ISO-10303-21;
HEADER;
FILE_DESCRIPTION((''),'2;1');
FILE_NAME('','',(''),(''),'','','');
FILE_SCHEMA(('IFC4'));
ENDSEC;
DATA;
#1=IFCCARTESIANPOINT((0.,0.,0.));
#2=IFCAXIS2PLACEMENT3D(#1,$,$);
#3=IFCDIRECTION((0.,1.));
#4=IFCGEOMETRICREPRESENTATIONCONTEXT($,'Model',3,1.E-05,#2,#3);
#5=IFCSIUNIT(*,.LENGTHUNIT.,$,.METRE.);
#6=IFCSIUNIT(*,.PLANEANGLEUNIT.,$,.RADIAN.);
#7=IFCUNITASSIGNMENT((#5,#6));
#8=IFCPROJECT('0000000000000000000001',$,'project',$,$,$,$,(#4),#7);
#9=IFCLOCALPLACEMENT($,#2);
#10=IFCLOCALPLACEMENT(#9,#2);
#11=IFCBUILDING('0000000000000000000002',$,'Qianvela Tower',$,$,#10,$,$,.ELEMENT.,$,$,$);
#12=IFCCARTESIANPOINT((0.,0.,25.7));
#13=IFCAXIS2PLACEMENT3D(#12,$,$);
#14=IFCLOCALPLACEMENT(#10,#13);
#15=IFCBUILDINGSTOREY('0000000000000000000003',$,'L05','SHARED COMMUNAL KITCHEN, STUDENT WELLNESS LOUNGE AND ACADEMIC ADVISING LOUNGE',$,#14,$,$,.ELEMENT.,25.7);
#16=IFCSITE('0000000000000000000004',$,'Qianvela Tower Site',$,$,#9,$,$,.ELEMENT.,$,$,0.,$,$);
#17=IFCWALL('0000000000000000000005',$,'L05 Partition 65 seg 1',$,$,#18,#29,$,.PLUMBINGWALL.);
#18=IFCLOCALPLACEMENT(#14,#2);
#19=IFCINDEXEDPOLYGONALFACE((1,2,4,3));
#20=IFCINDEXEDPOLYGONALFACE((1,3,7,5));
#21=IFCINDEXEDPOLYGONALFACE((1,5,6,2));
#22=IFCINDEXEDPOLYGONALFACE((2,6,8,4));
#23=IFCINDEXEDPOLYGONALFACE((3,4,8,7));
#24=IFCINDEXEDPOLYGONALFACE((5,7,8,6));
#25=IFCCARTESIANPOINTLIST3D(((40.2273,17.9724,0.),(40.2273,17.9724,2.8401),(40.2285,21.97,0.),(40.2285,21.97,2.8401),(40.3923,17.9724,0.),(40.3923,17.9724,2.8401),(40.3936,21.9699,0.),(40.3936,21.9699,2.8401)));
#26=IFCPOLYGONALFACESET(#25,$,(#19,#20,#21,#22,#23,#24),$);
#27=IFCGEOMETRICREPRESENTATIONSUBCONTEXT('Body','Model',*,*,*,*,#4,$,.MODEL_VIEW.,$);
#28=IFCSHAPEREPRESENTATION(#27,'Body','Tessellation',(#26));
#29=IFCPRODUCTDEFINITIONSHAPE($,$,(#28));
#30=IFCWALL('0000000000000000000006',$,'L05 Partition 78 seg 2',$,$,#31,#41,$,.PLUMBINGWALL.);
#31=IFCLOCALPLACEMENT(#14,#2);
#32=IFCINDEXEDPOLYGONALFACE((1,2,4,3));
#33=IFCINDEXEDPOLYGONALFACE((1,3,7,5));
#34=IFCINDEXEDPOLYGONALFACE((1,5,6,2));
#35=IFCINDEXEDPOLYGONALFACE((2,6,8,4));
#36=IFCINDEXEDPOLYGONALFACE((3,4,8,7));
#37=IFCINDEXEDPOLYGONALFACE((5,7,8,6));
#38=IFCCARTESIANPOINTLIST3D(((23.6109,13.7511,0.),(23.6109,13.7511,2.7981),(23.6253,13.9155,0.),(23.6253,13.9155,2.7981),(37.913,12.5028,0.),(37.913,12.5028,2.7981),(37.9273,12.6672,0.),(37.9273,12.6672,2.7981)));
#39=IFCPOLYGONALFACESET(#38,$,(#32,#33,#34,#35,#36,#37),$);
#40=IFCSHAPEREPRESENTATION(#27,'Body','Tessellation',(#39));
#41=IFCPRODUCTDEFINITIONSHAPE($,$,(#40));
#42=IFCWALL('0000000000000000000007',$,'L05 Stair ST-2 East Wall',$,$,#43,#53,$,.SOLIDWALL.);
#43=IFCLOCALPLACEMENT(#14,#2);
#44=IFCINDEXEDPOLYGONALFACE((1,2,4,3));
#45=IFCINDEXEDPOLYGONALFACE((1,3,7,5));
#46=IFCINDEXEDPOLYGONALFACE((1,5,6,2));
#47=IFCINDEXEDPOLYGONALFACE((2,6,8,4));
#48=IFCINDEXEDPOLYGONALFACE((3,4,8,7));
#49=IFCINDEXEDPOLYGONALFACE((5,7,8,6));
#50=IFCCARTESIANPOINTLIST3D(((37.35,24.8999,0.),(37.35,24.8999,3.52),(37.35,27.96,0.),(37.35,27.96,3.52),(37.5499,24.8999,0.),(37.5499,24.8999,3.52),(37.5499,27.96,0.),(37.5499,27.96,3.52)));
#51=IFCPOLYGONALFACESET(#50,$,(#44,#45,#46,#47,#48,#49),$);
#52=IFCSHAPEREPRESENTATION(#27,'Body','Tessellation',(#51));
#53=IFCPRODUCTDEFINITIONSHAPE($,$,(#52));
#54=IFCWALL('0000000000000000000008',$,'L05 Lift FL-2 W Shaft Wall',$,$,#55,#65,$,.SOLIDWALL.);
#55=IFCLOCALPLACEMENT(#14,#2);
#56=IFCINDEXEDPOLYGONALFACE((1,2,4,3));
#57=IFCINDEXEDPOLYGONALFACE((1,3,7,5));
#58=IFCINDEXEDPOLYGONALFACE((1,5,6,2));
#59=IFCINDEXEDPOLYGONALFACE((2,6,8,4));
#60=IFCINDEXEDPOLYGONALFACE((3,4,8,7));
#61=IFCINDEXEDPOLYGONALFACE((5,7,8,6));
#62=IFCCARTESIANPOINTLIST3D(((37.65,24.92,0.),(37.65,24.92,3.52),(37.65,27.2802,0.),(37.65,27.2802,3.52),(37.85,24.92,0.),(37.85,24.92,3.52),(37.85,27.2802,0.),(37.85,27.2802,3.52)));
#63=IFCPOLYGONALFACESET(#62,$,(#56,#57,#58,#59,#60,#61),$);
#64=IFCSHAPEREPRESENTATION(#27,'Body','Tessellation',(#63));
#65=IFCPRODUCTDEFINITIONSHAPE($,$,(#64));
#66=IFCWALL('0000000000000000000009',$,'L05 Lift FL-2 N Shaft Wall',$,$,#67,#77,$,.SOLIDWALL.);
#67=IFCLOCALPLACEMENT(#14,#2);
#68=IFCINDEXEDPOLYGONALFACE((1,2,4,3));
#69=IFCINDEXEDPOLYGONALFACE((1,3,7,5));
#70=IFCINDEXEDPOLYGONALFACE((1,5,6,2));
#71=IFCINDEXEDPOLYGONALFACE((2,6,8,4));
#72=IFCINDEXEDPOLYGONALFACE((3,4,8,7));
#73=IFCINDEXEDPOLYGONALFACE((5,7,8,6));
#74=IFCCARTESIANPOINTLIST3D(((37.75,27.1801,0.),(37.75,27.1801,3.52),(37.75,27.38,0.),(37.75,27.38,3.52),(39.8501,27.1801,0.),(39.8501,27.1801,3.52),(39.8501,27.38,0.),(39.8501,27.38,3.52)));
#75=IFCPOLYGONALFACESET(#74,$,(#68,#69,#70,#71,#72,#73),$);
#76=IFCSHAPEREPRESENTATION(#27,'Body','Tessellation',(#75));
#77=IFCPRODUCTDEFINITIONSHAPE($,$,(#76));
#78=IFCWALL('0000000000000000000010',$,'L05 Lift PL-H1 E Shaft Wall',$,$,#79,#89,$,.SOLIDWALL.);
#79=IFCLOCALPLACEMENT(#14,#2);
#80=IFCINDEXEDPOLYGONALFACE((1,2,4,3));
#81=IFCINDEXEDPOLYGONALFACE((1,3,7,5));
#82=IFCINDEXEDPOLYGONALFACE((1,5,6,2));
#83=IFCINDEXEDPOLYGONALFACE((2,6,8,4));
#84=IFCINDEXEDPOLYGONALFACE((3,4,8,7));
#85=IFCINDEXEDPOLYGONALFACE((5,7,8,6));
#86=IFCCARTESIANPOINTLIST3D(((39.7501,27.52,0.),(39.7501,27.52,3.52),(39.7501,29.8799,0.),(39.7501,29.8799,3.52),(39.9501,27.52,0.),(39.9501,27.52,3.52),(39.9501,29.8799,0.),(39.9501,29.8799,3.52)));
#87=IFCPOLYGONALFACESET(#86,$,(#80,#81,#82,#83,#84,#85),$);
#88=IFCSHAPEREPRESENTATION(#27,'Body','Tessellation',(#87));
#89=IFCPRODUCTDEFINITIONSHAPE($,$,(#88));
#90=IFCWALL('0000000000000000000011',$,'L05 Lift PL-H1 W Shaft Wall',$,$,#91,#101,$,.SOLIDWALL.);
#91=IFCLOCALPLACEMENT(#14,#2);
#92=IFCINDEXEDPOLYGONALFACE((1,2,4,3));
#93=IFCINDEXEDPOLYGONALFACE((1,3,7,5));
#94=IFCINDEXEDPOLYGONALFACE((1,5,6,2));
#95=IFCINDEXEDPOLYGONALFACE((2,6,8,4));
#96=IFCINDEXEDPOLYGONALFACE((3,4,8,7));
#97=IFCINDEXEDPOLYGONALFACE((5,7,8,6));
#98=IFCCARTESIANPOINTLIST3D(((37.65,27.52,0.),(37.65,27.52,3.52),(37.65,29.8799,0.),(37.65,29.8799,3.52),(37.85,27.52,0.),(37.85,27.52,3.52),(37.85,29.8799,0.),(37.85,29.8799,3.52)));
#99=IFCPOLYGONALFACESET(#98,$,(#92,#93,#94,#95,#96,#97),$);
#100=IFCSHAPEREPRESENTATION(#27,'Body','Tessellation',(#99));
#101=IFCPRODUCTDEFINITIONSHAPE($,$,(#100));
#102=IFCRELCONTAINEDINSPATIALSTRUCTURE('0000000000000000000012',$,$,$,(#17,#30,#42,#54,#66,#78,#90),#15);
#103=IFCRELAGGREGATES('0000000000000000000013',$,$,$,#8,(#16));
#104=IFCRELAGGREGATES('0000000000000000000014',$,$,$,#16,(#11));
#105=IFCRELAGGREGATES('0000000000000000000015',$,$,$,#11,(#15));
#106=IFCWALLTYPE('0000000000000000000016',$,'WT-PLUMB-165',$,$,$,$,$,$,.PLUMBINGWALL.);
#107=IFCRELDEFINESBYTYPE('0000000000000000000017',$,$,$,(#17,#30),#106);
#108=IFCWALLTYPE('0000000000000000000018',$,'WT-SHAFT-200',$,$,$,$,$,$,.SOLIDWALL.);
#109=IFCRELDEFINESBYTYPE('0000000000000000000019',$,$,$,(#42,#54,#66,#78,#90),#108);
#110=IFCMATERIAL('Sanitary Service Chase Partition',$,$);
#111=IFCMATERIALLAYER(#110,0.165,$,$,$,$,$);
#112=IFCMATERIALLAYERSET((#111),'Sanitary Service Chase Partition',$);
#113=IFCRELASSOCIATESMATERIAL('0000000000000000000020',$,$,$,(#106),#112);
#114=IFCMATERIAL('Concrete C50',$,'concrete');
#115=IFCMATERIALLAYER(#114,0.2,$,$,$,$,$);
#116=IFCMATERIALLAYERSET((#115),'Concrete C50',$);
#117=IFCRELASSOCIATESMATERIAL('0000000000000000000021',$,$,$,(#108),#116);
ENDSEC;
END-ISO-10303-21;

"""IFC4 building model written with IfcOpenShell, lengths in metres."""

from ifc_helpers import new_model, si_unit, direction, frame, frame_2d, origin, place, context, subcontext, project, spatial, rectangle, extrude, material, layer, layer_set, type_object, element, save


model = new_model("IFC4")

# Units and contexts
model_context = context("Model", 3, precision=1e-05, world=origin(), true_north=direction((0.0, 1.0)))
body_context = subcontext(model_context, "Body", "Model", "MODEL_VIEW")
ifc_project = project(units=[si_unit("LENGTHUNIT", "METRE"), si_unit("PLANEANGLEUNIT", "RADIAN")], contexts=[model_context])

# Site, building, storey
site_placement = place(None, origin())
site = spatial("IfcSite", under=ifc_project, at=site_placement, Name="Qianvela Tower Site", CompositionType="ELEMENT", RefElevation=0.0)
building_placement = place(site_placement, origin())
building = spatial("IfcBuilding", under=site, at=building_placement, Name="Qianvela Tower", CompositionType="ELEMENT")
storey_placement = place(building_placement, frame((0.0, 0.0, 25.7)))
storey = spatial("IfcBuildingStorey", under=building, at=storey_placement, Name="L05", Description="SHARED COMMUNAL KITCHEN, STUDENT WELLNESS LOUNGE AND ACADEMIC ADVISING LOUNGE", CompositionType="ELEMENT", Elevation=25.7)

# Walls
ifc_material_1 = material(Name="Sanitary Service Chase Partition")
ifc_layer_1 = layer(ifc_material_1, 0.165)
ifc_layer_set_1 = layer_set([ifc_layer_1], Name="Sanitary Service Chase Partition")
wall_type_1 = type_object("IfcWallType", Name="WT-PLUMB-165", PredefinedType="PLUMBINGWALL", material=ifc_layer_set_1)
wall_1_placement = place(storey_placement, frame((40.3098, 17.9724, 0.0), z_axis=(0.0, 0.0, 1.0), x_axis=(0.000305, 1.0, 0.0)))
element("IfcWall", 1, at=wall_1_placement, inside=storey, type_object=wall_type_1, Name="L05 Partition 65 seg 1", PredefinedType="PLUMBINGWALL", context=body_context, shape_type="SweptSolid", body=[
    extrude(rectangle(XDim=3.9976, YDim=0.165, at=frame_2d((1.9988, 0.0))), origin(), (0.0, 0.0, 1.0), 2.8401),
])
wall_2_placement = place(storey_placement, frame((37.9202, 12.585, 0.0), z_axis=(0.0, 0.0, 1.0), x_axis=(-0.996213, 0.08695, 0.0)))
element("IfcWall", 2, at=wall_2_placement, inside=storey, type_object=wall_type_1, Name="L05 Partition 78 seg 2", PredefinedType="PLUMBINGWALL", context=body_context, shape_type="SweptSolid", body=[
    extrude(rectangle(XDim=14.3564, YDim=0.165, at=frame_2d((7.1782, 0.0))), origin(), (0.0, 0.0, 1.0), 2.7981),
])
ifc_material_2 = material(Name="Concrete C50", Category="concrete")
ifc_layer_2 = layer(ifc_material_2, 0.2)
ifc_layer_set_2 = layer_set([ifc_layer_2], Name="Concrete C50")
wall_type_2 = type_object("IfcWallType", Name="WT-SHAFT-200", PredefinedType="SOLIDWALL", material=ifc_layer_set_2)
wall_3_placement = place(storey_placement, frame((37.45, 24.8999, 0.0), z_axis=(0.0, 0.0, 1.0), x_axis=(0.0, 1.0, 0.0)))
element("IfcWall", 3, at=wall_3_placement, inside=storey, type_object=wall_type_2, Name="L05 Stair ST-2 East Wall", PredefinedType="SOLIDWALL", context=body_context, shape_type="SweptSolid", body=[
    extrude(rectangle(XDim=3.0601, YDim=0.2, at=frame_2d((1.53, 0.0))), origin(), (0.0, 0.0, 1.0), 3.52),
])

# Walls
wall_4_placement = place(storey_placement, frame((37.75, 24.9199, 0.0), z_axis=(0.0, 0.0, 1.0), x_axis=(0.0, 1.0, 0.0)))
element("IfcWall", 4, at=wall_4_placement, inside=storey, type_object=wall_type_2, Name="L05 Lift FL-2 W Shaft Wall", PredefinedType="SOLIDWALL", context=body_context, shape_type="SweptSolid", body=[
    extrude(rectangle(XDim=2.3601, YDim=0.2, at=frame_2d((1.1802, 0.0))), origin(), (0.0, 0.0, 1.0), 3.52),
])
wall_5_placement = place(storey_placement, frame((37.75, 27.28, 0.0), z_axis=(0.0, 0.0, 1.0), x_axis=(1.0, 0.0, 0.0)))
element("IfcWall", 5, at=wall_5_placement, inside=storey, type_object=wall_type_2, Name="L05 Lift FL-2 N Shaft Wall", PredefinedType="SOLIDWALL", context=body_context, shape_type="SweptSolid", body=[
    extrude(rectangle(XDim=2.1001, YDim=0.2, at=frame_2d((1.05, 0.0))), origin(), (0.0, 0.0, 1.0), 3.52),
])
for number, where, z_axis, x_axis, name in (
    (6, (39.8501, 27.52, 0.0), (0.0, 0.0, 1.0), (0.0, 1.0, 0.0), "L05 Lift PL-H1 E Shaft Wall"),
    (7, (37.75, 27.52, 0.0), (0.0, 0.0, 1.0), (0.0, 1.0, 0.0), "L05 Lift PL-H1 W Shaft Wall"),
):
    element("IfcWall", number, at=place(storey_placement, frame(where, z_axis=z_axis, x_axis=x_axis)), inside=storey, type_object=wall_type_2, Name=name, PredefinedType="SOLIDWALL", context=body_context, shape_type="SweptSolid", body=[
        extrude(rectangle(XDim=2.3599, YDim=0.2, at=frame_2d((1.1799, 0.0))), origin(), (0.0, 0.0, 1.0), 3.52),
    ])

save(model, "model.ifc")
